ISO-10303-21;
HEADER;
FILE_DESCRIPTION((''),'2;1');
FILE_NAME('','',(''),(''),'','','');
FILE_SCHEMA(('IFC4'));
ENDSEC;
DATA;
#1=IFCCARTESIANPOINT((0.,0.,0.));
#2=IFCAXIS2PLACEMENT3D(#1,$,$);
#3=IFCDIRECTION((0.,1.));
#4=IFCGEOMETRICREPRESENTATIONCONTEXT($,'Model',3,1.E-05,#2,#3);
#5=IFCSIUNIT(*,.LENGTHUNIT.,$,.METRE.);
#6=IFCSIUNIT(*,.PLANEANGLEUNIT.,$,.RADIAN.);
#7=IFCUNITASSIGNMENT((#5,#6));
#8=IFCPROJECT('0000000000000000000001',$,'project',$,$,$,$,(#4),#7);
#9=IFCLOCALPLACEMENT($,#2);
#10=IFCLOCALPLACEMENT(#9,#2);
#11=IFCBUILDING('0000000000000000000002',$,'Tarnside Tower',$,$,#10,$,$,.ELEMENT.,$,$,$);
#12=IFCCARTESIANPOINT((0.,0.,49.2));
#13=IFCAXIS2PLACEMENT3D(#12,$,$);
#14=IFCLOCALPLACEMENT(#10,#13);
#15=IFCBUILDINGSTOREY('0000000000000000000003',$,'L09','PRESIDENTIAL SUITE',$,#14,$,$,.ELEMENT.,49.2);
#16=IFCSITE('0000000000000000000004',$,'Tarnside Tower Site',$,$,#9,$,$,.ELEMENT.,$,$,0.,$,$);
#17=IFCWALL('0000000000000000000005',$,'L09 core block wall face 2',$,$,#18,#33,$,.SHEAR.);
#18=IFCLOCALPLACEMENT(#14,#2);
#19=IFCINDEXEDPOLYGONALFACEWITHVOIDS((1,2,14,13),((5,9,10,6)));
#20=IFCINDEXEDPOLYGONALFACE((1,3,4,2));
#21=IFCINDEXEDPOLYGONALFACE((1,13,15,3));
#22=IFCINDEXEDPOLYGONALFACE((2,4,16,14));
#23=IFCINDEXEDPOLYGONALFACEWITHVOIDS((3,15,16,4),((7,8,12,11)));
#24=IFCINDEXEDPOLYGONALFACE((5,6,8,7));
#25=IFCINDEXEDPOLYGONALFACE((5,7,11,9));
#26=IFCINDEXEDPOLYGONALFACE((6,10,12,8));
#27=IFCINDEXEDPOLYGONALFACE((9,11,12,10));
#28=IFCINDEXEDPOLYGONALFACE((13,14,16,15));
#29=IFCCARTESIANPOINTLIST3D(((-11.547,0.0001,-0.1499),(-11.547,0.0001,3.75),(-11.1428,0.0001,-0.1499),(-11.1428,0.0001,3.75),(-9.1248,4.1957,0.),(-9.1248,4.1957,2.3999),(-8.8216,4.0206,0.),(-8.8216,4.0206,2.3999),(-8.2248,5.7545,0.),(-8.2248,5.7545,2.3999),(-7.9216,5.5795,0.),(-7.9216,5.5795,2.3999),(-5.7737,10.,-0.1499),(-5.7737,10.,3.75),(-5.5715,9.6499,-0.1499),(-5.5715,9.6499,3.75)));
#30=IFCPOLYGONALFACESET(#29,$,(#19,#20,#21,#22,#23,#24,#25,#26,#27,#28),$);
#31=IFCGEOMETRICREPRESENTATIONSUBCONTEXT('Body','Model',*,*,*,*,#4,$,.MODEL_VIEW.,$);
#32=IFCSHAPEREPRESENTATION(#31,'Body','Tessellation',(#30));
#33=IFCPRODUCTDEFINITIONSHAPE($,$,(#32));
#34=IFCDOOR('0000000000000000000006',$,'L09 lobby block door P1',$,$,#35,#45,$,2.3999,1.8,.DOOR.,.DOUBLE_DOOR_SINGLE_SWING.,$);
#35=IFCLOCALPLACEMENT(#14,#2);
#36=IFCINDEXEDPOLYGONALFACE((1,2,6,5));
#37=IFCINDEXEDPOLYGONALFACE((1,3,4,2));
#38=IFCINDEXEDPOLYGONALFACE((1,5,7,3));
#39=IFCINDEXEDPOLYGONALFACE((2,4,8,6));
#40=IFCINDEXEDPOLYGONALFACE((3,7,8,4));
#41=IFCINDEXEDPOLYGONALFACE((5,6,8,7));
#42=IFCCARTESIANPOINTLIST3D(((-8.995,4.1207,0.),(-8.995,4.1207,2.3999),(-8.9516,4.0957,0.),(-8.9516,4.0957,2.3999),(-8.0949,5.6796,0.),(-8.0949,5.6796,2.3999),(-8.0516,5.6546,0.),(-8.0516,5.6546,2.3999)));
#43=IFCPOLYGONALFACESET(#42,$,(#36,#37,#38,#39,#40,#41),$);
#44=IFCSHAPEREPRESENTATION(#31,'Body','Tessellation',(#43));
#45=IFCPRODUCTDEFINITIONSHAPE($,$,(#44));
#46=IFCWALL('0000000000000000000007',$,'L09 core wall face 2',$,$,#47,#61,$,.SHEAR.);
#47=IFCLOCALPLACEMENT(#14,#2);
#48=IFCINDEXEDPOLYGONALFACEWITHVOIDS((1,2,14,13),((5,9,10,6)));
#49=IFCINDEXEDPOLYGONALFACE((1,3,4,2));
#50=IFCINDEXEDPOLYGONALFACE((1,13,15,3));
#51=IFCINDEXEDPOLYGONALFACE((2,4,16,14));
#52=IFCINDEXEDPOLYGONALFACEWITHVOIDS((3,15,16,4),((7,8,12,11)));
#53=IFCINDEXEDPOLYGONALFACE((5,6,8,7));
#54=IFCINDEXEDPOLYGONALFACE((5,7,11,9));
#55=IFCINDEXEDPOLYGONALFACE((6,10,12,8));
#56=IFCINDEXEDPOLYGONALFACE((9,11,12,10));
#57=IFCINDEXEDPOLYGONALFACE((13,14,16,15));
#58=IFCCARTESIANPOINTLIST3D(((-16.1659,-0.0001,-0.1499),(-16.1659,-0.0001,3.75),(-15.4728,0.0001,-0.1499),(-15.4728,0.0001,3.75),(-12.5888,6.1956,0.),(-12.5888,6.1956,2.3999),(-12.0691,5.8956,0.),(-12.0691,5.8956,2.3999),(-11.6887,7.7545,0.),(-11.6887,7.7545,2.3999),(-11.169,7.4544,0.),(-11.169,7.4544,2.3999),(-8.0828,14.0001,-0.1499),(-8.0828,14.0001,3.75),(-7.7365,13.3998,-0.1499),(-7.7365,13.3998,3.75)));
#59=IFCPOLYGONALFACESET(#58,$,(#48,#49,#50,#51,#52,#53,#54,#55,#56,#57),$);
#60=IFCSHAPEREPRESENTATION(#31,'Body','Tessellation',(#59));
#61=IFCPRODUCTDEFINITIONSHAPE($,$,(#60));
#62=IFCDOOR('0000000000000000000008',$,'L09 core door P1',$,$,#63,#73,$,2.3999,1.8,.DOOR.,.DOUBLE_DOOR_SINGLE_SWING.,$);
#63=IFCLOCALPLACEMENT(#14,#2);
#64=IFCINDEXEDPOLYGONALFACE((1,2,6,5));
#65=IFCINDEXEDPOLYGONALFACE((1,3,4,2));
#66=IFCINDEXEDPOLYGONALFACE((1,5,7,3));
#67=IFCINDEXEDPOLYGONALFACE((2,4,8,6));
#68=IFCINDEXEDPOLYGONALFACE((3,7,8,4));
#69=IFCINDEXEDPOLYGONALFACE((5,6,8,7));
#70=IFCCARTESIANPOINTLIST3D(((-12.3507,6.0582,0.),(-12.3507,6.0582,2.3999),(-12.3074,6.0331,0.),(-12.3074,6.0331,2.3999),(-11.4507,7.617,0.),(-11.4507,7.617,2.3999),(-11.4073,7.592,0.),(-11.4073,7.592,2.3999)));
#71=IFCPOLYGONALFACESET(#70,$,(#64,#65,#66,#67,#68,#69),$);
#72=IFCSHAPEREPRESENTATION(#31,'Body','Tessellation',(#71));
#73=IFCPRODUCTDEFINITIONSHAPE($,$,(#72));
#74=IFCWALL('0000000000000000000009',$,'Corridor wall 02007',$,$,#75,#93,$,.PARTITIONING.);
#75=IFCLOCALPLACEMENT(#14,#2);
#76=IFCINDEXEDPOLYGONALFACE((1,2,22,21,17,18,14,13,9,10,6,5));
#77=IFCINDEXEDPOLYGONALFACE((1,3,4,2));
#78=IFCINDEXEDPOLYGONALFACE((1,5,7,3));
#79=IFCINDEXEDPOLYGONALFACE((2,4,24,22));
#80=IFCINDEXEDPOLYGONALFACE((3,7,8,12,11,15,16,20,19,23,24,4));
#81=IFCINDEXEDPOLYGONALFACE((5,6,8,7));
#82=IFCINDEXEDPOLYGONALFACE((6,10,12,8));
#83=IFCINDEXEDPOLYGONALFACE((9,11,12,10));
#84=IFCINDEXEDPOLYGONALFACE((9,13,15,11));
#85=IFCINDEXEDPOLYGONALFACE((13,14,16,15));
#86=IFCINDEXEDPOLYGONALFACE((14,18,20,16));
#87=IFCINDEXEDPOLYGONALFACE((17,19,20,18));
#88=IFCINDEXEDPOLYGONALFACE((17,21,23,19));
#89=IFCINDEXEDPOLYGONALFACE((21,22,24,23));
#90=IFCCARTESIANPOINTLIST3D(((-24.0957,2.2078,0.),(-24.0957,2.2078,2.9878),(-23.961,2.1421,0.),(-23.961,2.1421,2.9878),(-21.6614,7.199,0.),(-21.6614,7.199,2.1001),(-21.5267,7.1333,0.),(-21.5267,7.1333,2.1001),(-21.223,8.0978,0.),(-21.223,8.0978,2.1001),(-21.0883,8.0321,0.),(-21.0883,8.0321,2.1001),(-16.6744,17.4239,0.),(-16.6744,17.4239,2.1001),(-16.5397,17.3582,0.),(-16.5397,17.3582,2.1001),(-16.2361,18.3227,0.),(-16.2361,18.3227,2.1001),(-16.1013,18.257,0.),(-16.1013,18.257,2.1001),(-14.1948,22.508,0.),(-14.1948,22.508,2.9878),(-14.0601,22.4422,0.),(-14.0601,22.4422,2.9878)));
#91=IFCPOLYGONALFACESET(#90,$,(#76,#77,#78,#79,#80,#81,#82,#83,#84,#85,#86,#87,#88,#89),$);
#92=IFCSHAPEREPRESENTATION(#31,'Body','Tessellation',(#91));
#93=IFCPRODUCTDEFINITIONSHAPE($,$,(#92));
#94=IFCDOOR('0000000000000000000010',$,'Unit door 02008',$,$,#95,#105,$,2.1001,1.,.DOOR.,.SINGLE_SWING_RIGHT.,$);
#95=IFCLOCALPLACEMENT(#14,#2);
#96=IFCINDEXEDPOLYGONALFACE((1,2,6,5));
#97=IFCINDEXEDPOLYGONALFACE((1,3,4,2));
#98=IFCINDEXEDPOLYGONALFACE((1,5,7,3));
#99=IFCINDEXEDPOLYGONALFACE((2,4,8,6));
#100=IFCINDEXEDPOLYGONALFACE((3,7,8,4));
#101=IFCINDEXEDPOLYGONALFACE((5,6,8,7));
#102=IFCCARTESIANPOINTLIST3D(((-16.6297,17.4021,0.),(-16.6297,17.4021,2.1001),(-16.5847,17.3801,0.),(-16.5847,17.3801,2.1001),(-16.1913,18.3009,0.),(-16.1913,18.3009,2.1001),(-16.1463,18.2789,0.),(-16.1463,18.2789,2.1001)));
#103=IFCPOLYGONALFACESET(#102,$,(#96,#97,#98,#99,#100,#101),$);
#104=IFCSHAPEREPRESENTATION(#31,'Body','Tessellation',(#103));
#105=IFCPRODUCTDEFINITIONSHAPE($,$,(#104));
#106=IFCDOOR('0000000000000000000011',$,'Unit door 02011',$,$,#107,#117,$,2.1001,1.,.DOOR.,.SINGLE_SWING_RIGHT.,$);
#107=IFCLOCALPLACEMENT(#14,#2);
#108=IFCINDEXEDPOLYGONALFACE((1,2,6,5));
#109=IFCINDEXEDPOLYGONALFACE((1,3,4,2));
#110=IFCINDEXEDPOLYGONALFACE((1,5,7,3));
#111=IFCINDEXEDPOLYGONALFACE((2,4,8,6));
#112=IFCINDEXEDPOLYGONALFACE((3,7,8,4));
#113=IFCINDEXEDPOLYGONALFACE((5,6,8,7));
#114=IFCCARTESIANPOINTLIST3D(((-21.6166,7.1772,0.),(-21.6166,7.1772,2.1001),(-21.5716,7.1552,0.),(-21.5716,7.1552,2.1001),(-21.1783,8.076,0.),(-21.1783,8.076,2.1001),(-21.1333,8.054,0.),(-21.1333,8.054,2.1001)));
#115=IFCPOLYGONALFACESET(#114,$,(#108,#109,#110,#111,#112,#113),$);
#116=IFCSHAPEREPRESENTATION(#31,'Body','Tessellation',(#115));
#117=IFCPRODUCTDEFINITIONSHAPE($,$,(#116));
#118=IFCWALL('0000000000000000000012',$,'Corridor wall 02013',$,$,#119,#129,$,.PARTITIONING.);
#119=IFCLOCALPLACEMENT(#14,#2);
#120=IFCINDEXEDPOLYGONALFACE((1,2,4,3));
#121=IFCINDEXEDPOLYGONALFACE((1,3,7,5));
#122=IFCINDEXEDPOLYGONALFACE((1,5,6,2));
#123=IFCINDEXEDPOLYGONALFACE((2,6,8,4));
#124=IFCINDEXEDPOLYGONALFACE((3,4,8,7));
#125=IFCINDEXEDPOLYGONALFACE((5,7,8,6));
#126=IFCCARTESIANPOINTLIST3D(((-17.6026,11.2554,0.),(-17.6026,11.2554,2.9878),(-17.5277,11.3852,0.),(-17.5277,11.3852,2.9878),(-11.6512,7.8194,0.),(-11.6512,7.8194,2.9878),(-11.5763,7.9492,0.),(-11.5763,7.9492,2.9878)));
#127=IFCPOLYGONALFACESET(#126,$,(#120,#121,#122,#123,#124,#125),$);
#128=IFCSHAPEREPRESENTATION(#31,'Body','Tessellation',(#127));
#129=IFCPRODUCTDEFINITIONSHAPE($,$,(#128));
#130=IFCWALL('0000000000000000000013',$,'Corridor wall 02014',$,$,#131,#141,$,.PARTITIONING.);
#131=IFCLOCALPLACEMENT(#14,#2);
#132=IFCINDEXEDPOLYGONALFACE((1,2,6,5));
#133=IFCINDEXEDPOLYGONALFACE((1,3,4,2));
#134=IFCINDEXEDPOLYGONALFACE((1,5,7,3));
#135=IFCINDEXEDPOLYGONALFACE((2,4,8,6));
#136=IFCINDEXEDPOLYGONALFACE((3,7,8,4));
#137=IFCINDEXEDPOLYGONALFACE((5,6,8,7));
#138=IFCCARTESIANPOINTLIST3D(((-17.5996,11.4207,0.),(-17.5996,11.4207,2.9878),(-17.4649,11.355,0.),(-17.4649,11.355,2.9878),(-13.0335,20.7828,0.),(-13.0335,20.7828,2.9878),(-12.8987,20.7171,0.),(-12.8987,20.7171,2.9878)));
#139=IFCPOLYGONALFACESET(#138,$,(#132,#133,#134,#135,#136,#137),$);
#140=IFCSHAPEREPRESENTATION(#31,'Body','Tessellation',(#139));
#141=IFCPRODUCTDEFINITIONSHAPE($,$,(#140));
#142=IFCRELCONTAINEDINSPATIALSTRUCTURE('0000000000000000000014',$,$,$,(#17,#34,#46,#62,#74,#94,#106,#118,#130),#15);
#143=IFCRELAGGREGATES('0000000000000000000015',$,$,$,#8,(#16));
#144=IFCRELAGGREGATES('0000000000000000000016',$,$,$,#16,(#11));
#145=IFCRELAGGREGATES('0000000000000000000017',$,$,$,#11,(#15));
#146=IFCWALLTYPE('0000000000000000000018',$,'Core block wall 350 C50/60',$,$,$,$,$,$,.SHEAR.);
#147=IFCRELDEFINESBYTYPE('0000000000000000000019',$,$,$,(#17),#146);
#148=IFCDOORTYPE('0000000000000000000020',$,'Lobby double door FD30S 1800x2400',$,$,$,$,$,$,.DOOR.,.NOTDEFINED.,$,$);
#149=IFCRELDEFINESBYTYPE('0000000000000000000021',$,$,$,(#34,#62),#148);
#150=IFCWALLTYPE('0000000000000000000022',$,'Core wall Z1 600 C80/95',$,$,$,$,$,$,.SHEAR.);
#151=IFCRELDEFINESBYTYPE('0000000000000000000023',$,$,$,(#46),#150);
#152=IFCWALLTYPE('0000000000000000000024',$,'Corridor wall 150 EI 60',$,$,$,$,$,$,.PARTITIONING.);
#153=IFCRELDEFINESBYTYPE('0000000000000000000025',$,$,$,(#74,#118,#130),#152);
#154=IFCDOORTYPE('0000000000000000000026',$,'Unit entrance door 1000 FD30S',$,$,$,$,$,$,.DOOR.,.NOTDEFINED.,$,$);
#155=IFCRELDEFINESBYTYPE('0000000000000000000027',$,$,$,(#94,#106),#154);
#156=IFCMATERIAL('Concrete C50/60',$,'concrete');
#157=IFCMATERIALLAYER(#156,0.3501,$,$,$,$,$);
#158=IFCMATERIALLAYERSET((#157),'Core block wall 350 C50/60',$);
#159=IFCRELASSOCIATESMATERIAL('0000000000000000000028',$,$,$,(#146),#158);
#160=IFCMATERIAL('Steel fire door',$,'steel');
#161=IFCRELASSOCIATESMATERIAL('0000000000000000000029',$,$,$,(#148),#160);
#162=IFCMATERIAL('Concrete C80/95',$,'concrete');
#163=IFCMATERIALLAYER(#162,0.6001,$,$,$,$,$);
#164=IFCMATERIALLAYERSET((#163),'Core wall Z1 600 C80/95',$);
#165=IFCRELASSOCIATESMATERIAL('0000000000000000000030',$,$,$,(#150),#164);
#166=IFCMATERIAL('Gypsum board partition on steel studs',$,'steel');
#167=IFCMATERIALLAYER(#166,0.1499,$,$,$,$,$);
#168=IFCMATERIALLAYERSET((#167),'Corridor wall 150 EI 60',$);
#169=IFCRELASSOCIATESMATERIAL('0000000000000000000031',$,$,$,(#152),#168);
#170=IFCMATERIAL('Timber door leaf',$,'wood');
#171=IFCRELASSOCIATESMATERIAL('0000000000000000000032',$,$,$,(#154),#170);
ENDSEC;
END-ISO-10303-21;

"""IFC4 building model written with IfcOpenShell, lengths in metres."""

from ifc_helpers import new_model, si_unit, direction, frame, frame_2d, origin, place, context, subcontext, project, spatial, polyline, rectangle, outline, extrude, material, layer, layer_set, type_object, element, fill, save


model = new_model("IFC4")

# Units and contexts
model_context = context("Model", 3, precision=1e-05, world=origin(), true_north=direction((0.0, 1.0)))
body_context = subcontext(model_context, "Body", "Model", "MODEL_VIEW")
ifc_project = project(units=[si_unit("LENGTHUNIT", "METRE"), si_unit("PLANEANGLEUNIT", "RADIAN")], contexts=[model_context])

# Site, building, storey
site_placement = place(None, origin())
site = spatial("IfcSite", under=ifc_project, at=site_placement, Name="Tarnside Tower Site", CompositionType="ELEMENT", RefElevation=0.0)
building_placement = place(site_placement, origin())
building = spatial("IfcBuilding", under=site, at=building_placement, Name="Tarnside Tower", CompositionType="ELEMENT")
storey_placement = place(building_placement, frame((0.0, 0.0, 49.2)))
storey = spatial("IfcBuildingStorey", under=building, at=storey_placement, Name="L09", Description="PRESIDENTIAL SUITE", CompositionType="ELEMENT", Elevation=49.2)

# Walls, openings, doors
ifc_material_1 = material(Name="Concrete C50/60", Category="concrete")
ifc_layer_1 = layer(ifc_material_1, 0.3501)
ifc_layer_set_1 = layer_set([ifc_layer_1], Name="Core block wall 350 C50/60")
wall_type_1 = type_object("IfcWallType", Name="Core block wall 350 C50/60", PredefinedType="SHEAR", material=ifc_layer_set_1)
wall_1_placement = place(storey_placement, frame((-5.6726, 9.825, -0.1499), z_axis=(0.0, 0.0, 1.0), x_axis=(-0.499995, -0.866028, 0.0)))
wall_1 = element("IfcWall", 1, at=wall_1_placement, inside=storey, type_object=wall_type_1, Name="L09 core block wall face 2", PredefinedType="SHEAR", context=body_context, shape_type="SweptSolid", body=[
    extrude(outline(polyline([(-0.1011, -0.175), (11.4458, -0.175), (11.2437, 0.175), (0.1011, 0.175), (-0.1011, -0.175)])), origin(), (0.0, 0.0, 1.0), 3.8999),
])
opening_1_placement = place(wall_1_placement, frame((4.8013, 0.0, 0.1499)))
opening_1 = element("IfcOpeningElement", 2, at=opening_1_placement, cuts=wall_1, PredefinedType="OPENING", context=body_context, shape_type="SweptSolid", body=[
    extrude(rectangle(XDim=1.8, YDim=2.3999, at=frame_2d((0.8999, 1.2))), frame((0.0, 0.1851, 0.0), z_axis=(0.0, -1.0, 0.0), x_axis=(1.0, 0.0, 0.0)), (0.0, 0.0, 1.0), 0.3701),
])
ifc_material_2 = material(Name="Steel fire door", Category="steel")
door_type_1 = type_object("IfcDoorType", Name="Lobby double door FD30S 1800x2400", OperationType="NOTDEFINED", PredefinedType="DOOR", material=ifc_material_2)
door_1_placement = place(opening_1_placement, origin())
door_1 = element("IfcDoor", 3, at=door_1_placement, inside=storey, type_object=door_type_1, Name="L09 lobby block door P1", OperationType="DOUBLE_DOOR_SINGLE_SWING", OverallHeight=2.3999, OverallWidth=1.8, PredefinedType="DOOR", context=body_context, shape_type="SweptSolid", body=[
    extrude(rectangle(XDim=1.8, YDim=2.3999, at=frame_2d((0.8999, 1.2))), frame((0.0, 0.0249, 0.0), z_axis=(0.0, -1.0, 0.0), x_axis=(1.0, 0.0, 0.0)), (0.0, 0.0, 1.0), 0.05),
])
fill(opening_1, door_1)
ifc_material_3 = material(Name="Concrete C80/95", Category="concrete")
ifc_layer_2 = layer(ifc_material_3, 0.6001)
ifc_layer_set_2 = layer_set([ifc_layer_2], Name="Core wall Z1 600 C80/95")
wall_type_2 = type_object("IfcWallType", Name="Core wall Z1 600 C80/95", PredefinedType="SHEAR", material=ifc_layer_set_2)
wall_2_placement = place(storey_placement, frame((-7.9097, 13.7, -0.1499), z_axis=(0.0, 0.0, 1.0), x_axis=(-0.5, -0.866025, 0.0)))
wall_2 = element("IfcWall", 4, at=wall_2_placement, inside=storey, type_object=wall_type_2, Name="L09 core wall face 2", PredefinedType="SHEAR", context=body_context, shape_type="SweptSolid", body=[
    extrude(outline(polyline([(-0.1733, -0.3), (15.9927, -0.3), (15.646, 0.3), (0.1733, 0.3), (-0.1733, -0.3)])), origin(), (0.0, 0.0, 1.0), 3.8999),
])
opening_2_placement = place(wall_2_placement, frame((7.0386, 0.0, 0.1499)))
opening_2 = element("IfcOpeningElement", 5, at=opening_2_placement, cuts=wall_2, PredefinedType="OPENING", context=body_context, shape_type="SweptSolid", body=[
    extrude(rectangle(XDim=1.8, YDim=2.3999, at=frame_2d((0.8999, 1.2))), frame((0.0, 0.3101, 0.0), z_axis=(0.0, -1.0, 0.0), x_axis=(1.0, 0.0, 0.0)), (0.0, 0.0, 1.0), 0.6201),
])
door_2_placement = place(opening_2_placement, origin())
door_2 = element("IfcDoor", 6, at=door_2_placement, inside=storey, type_object=door_type_1, Name="L09 core door P1", OperationType="DOUBLE_DOOR_SINGLE_SWING", OverallHeight=2.3999, OverallWidth=1.8, PredefinedType="DOOR", context=body_context, shape_type="SweptSolid", body=[
    extrude(rectangle(XDim=1.8, YDim=2.3999, at=frame_2d((0.8999, 1.2))), frame((0.0, 0.0249, 0.0), z_axis=(0.0, -1.0, 0.0), x_axis=(1.0, 0.0, 0.0)), (0.0, 0.0, 1.0), 0.05),
])
fill(opening_2, door_2)

# Wall, openings, doors
ifc_material_4 = material(Name="Gypsum board partition on steel studs", Category="steel")
ifc_layer_3 = layer(ifc_material_4, 0.1499)
ifc_layer_set_3 = layer_set([ifc_layer_3], Name="Corridor wall 150 EI 60")
wall_type_3 = type_object("IfcWallType", Name="Corridor wall 150 EI 60", PredefinedType="PARTITIONING", material=ifc_layer_set_3)
wall_3_placement = place(storey_placement, frame((-14.1274, 22.4751, 0.0), z_axis=(0.0, 0.0, 1.0), x_axis=(-0.438367, -0.898796, 0.0)))
wall_3 = element("IfcWall", 7, at=wall_3_placement, inside=storey, type_object=wall_type_3, Name="Corridor wall 02007", PredefinedType="PARTITIONING", context=body_context, shape_type="SweptSolid", body=[
    extrude(rectangle(XDim=22.5859, YDim=0.1499, at=frame_2d((11.293, 0.0))), origin(), (0.0, 0.0, 1.0), 2.9878),
])
opening_3_placement = place(wall_3_placement, frame((4.6565, 0.0, 0.0)))
opening_3 = element("IfcOpeningElement", 8, at=opening_3_placement, cuts=wall_3, PredefinedType="OPENING", context=body_context, shape_type="SweptSolid", body=[
    extrude(rectangle(XDim=1.0, YDim=2.1001, at=frame_2d((0.5, 1.05))), frame((0.0, 0.085, 0.0), z_axis=(0.0, -1.0, 0.0), x_axis=(1.0, 0.0, 0.0)), (0.0, 0.0, 1.0), 0.1699),
])
opening_4_placement = place(wall_3_placement, frame((16.0327, 0.0, 0.0)))
opening_4 = element("IfcOpeningElement", 9, at=opening_4_placement, cuts=wall_3, PredefinedType="OPENING", context=body_context, shape_type="SweptSolid", body=[
    extrude(rectangle(XDim=1.0, YDim=2.1001, at=frame_2d((0.5, 1.05))), frame((0.0, 0.085, 0.0), z_axis=(0.0, -1.0, 0.0), x_axis=(1.0, 0.0, 0.0)), (0.0, 0.0, 1.0), 0.1699),
])
ifc_material_5 = material(Name="Timber door leaf", Category="wood")
door_type_2 = type_object("IfcDoorType", Name="Unit entrance door 1000 FD30S", OperationType="NOTDEFINED", PredefinedType="DOOR", material=ifc_material_5)
door_3_placement = place(opening_3_placement, origin())
door_3 = element("IfcDoor", 10, at=door_3_placement, inside=storey, type_object=door_type_2, Name="Unit door 02008", OperationType="SINGLE_SWING_RIGHT", OverallHeight=2.1001, OverallWidth=1.0, PredefinedType="DOOR", context=body_context, shape_type="SweptSolid", body=[
    extrude(rectangle(XDim=1.0, YDim=2.1001, at=frame_2d((0.5, 1.05))), frame((0.0, 0.0249, 0.0), z_axis=(0.0, -1.0, 0.0), x_axis=(1.0, 0.0, 0.0)), (0.0, 0.0, 1.0), 0.05),
])
fill(opening_3, door_3)
door_4_placement = place(opening_4_placement, origin())
door_4 = element("IfcDoor", 11, at=door_4_placement, inside=storey, type_object=door_type_2, Name="Unit door 02011", OperationType="SINGLE_SWING_RIGHT", OverallHeight=2.1001, OverallWidth=1.0, PredefinedType="DOOR", context=body_context, shape_type="SweptSolid", body=[
    extrude(rectangle(XDim=1.0, YDim=2.1001, at=frame_2d((0.5, 1.05))), frame((0.0, 0.0249, 0.0), z_axis=(0.0, -1.0, 0.0), x_axis=(1.0, 0.0, 0.0)), (0.0, 0.0, 1.0), 0.05),
])
fill(opening_4, door_4)

# Walls
wall_4_placement = place(storey_placement, frame((-11.6138, 7.8843, 0.0), z_axis=(0.0, 0.0, 1.0), x_axis=(-0.866026, 0.499998, 0.0)))
element("IfcWall", 12, at=wall_4_placement, inside=storey, type_object=wall_type_3, Name="Corridor wall 02013", PredefinedType="PARTITIONING", context=body_context, shape_type="SweptSolid", body=[
    extrude(rectangle(XDim=6.8721, YDim=0.1499, at=frame_2d((3.436, 0.0))), origin(), (0.0, 0.0, 1.0), 2.9878),
])
wall_5_placement = place(storey_placement, frame((-17.5322, 11.3879, 0.0), z_axis=(0.0, 0.0, 1.0), x_axis=(0.43837, 0.898795, 0.0)))
element("IfcWall", 13, at=wall_5_placement, inside=storey, type_object=wall_type_3, Name="Corridor wall 02014", PredefinedType="PARTITIONING", context=body_context, shape_type="SweptSolid", body=[
    extrude(rectangle(XDim=10.4163, YDim=0.1499, at=frame_2d((5.208, 0.0))), origin(), (0.0, 0.0, 1.0), 2.9878),
])

save(model, "model.ifc")
